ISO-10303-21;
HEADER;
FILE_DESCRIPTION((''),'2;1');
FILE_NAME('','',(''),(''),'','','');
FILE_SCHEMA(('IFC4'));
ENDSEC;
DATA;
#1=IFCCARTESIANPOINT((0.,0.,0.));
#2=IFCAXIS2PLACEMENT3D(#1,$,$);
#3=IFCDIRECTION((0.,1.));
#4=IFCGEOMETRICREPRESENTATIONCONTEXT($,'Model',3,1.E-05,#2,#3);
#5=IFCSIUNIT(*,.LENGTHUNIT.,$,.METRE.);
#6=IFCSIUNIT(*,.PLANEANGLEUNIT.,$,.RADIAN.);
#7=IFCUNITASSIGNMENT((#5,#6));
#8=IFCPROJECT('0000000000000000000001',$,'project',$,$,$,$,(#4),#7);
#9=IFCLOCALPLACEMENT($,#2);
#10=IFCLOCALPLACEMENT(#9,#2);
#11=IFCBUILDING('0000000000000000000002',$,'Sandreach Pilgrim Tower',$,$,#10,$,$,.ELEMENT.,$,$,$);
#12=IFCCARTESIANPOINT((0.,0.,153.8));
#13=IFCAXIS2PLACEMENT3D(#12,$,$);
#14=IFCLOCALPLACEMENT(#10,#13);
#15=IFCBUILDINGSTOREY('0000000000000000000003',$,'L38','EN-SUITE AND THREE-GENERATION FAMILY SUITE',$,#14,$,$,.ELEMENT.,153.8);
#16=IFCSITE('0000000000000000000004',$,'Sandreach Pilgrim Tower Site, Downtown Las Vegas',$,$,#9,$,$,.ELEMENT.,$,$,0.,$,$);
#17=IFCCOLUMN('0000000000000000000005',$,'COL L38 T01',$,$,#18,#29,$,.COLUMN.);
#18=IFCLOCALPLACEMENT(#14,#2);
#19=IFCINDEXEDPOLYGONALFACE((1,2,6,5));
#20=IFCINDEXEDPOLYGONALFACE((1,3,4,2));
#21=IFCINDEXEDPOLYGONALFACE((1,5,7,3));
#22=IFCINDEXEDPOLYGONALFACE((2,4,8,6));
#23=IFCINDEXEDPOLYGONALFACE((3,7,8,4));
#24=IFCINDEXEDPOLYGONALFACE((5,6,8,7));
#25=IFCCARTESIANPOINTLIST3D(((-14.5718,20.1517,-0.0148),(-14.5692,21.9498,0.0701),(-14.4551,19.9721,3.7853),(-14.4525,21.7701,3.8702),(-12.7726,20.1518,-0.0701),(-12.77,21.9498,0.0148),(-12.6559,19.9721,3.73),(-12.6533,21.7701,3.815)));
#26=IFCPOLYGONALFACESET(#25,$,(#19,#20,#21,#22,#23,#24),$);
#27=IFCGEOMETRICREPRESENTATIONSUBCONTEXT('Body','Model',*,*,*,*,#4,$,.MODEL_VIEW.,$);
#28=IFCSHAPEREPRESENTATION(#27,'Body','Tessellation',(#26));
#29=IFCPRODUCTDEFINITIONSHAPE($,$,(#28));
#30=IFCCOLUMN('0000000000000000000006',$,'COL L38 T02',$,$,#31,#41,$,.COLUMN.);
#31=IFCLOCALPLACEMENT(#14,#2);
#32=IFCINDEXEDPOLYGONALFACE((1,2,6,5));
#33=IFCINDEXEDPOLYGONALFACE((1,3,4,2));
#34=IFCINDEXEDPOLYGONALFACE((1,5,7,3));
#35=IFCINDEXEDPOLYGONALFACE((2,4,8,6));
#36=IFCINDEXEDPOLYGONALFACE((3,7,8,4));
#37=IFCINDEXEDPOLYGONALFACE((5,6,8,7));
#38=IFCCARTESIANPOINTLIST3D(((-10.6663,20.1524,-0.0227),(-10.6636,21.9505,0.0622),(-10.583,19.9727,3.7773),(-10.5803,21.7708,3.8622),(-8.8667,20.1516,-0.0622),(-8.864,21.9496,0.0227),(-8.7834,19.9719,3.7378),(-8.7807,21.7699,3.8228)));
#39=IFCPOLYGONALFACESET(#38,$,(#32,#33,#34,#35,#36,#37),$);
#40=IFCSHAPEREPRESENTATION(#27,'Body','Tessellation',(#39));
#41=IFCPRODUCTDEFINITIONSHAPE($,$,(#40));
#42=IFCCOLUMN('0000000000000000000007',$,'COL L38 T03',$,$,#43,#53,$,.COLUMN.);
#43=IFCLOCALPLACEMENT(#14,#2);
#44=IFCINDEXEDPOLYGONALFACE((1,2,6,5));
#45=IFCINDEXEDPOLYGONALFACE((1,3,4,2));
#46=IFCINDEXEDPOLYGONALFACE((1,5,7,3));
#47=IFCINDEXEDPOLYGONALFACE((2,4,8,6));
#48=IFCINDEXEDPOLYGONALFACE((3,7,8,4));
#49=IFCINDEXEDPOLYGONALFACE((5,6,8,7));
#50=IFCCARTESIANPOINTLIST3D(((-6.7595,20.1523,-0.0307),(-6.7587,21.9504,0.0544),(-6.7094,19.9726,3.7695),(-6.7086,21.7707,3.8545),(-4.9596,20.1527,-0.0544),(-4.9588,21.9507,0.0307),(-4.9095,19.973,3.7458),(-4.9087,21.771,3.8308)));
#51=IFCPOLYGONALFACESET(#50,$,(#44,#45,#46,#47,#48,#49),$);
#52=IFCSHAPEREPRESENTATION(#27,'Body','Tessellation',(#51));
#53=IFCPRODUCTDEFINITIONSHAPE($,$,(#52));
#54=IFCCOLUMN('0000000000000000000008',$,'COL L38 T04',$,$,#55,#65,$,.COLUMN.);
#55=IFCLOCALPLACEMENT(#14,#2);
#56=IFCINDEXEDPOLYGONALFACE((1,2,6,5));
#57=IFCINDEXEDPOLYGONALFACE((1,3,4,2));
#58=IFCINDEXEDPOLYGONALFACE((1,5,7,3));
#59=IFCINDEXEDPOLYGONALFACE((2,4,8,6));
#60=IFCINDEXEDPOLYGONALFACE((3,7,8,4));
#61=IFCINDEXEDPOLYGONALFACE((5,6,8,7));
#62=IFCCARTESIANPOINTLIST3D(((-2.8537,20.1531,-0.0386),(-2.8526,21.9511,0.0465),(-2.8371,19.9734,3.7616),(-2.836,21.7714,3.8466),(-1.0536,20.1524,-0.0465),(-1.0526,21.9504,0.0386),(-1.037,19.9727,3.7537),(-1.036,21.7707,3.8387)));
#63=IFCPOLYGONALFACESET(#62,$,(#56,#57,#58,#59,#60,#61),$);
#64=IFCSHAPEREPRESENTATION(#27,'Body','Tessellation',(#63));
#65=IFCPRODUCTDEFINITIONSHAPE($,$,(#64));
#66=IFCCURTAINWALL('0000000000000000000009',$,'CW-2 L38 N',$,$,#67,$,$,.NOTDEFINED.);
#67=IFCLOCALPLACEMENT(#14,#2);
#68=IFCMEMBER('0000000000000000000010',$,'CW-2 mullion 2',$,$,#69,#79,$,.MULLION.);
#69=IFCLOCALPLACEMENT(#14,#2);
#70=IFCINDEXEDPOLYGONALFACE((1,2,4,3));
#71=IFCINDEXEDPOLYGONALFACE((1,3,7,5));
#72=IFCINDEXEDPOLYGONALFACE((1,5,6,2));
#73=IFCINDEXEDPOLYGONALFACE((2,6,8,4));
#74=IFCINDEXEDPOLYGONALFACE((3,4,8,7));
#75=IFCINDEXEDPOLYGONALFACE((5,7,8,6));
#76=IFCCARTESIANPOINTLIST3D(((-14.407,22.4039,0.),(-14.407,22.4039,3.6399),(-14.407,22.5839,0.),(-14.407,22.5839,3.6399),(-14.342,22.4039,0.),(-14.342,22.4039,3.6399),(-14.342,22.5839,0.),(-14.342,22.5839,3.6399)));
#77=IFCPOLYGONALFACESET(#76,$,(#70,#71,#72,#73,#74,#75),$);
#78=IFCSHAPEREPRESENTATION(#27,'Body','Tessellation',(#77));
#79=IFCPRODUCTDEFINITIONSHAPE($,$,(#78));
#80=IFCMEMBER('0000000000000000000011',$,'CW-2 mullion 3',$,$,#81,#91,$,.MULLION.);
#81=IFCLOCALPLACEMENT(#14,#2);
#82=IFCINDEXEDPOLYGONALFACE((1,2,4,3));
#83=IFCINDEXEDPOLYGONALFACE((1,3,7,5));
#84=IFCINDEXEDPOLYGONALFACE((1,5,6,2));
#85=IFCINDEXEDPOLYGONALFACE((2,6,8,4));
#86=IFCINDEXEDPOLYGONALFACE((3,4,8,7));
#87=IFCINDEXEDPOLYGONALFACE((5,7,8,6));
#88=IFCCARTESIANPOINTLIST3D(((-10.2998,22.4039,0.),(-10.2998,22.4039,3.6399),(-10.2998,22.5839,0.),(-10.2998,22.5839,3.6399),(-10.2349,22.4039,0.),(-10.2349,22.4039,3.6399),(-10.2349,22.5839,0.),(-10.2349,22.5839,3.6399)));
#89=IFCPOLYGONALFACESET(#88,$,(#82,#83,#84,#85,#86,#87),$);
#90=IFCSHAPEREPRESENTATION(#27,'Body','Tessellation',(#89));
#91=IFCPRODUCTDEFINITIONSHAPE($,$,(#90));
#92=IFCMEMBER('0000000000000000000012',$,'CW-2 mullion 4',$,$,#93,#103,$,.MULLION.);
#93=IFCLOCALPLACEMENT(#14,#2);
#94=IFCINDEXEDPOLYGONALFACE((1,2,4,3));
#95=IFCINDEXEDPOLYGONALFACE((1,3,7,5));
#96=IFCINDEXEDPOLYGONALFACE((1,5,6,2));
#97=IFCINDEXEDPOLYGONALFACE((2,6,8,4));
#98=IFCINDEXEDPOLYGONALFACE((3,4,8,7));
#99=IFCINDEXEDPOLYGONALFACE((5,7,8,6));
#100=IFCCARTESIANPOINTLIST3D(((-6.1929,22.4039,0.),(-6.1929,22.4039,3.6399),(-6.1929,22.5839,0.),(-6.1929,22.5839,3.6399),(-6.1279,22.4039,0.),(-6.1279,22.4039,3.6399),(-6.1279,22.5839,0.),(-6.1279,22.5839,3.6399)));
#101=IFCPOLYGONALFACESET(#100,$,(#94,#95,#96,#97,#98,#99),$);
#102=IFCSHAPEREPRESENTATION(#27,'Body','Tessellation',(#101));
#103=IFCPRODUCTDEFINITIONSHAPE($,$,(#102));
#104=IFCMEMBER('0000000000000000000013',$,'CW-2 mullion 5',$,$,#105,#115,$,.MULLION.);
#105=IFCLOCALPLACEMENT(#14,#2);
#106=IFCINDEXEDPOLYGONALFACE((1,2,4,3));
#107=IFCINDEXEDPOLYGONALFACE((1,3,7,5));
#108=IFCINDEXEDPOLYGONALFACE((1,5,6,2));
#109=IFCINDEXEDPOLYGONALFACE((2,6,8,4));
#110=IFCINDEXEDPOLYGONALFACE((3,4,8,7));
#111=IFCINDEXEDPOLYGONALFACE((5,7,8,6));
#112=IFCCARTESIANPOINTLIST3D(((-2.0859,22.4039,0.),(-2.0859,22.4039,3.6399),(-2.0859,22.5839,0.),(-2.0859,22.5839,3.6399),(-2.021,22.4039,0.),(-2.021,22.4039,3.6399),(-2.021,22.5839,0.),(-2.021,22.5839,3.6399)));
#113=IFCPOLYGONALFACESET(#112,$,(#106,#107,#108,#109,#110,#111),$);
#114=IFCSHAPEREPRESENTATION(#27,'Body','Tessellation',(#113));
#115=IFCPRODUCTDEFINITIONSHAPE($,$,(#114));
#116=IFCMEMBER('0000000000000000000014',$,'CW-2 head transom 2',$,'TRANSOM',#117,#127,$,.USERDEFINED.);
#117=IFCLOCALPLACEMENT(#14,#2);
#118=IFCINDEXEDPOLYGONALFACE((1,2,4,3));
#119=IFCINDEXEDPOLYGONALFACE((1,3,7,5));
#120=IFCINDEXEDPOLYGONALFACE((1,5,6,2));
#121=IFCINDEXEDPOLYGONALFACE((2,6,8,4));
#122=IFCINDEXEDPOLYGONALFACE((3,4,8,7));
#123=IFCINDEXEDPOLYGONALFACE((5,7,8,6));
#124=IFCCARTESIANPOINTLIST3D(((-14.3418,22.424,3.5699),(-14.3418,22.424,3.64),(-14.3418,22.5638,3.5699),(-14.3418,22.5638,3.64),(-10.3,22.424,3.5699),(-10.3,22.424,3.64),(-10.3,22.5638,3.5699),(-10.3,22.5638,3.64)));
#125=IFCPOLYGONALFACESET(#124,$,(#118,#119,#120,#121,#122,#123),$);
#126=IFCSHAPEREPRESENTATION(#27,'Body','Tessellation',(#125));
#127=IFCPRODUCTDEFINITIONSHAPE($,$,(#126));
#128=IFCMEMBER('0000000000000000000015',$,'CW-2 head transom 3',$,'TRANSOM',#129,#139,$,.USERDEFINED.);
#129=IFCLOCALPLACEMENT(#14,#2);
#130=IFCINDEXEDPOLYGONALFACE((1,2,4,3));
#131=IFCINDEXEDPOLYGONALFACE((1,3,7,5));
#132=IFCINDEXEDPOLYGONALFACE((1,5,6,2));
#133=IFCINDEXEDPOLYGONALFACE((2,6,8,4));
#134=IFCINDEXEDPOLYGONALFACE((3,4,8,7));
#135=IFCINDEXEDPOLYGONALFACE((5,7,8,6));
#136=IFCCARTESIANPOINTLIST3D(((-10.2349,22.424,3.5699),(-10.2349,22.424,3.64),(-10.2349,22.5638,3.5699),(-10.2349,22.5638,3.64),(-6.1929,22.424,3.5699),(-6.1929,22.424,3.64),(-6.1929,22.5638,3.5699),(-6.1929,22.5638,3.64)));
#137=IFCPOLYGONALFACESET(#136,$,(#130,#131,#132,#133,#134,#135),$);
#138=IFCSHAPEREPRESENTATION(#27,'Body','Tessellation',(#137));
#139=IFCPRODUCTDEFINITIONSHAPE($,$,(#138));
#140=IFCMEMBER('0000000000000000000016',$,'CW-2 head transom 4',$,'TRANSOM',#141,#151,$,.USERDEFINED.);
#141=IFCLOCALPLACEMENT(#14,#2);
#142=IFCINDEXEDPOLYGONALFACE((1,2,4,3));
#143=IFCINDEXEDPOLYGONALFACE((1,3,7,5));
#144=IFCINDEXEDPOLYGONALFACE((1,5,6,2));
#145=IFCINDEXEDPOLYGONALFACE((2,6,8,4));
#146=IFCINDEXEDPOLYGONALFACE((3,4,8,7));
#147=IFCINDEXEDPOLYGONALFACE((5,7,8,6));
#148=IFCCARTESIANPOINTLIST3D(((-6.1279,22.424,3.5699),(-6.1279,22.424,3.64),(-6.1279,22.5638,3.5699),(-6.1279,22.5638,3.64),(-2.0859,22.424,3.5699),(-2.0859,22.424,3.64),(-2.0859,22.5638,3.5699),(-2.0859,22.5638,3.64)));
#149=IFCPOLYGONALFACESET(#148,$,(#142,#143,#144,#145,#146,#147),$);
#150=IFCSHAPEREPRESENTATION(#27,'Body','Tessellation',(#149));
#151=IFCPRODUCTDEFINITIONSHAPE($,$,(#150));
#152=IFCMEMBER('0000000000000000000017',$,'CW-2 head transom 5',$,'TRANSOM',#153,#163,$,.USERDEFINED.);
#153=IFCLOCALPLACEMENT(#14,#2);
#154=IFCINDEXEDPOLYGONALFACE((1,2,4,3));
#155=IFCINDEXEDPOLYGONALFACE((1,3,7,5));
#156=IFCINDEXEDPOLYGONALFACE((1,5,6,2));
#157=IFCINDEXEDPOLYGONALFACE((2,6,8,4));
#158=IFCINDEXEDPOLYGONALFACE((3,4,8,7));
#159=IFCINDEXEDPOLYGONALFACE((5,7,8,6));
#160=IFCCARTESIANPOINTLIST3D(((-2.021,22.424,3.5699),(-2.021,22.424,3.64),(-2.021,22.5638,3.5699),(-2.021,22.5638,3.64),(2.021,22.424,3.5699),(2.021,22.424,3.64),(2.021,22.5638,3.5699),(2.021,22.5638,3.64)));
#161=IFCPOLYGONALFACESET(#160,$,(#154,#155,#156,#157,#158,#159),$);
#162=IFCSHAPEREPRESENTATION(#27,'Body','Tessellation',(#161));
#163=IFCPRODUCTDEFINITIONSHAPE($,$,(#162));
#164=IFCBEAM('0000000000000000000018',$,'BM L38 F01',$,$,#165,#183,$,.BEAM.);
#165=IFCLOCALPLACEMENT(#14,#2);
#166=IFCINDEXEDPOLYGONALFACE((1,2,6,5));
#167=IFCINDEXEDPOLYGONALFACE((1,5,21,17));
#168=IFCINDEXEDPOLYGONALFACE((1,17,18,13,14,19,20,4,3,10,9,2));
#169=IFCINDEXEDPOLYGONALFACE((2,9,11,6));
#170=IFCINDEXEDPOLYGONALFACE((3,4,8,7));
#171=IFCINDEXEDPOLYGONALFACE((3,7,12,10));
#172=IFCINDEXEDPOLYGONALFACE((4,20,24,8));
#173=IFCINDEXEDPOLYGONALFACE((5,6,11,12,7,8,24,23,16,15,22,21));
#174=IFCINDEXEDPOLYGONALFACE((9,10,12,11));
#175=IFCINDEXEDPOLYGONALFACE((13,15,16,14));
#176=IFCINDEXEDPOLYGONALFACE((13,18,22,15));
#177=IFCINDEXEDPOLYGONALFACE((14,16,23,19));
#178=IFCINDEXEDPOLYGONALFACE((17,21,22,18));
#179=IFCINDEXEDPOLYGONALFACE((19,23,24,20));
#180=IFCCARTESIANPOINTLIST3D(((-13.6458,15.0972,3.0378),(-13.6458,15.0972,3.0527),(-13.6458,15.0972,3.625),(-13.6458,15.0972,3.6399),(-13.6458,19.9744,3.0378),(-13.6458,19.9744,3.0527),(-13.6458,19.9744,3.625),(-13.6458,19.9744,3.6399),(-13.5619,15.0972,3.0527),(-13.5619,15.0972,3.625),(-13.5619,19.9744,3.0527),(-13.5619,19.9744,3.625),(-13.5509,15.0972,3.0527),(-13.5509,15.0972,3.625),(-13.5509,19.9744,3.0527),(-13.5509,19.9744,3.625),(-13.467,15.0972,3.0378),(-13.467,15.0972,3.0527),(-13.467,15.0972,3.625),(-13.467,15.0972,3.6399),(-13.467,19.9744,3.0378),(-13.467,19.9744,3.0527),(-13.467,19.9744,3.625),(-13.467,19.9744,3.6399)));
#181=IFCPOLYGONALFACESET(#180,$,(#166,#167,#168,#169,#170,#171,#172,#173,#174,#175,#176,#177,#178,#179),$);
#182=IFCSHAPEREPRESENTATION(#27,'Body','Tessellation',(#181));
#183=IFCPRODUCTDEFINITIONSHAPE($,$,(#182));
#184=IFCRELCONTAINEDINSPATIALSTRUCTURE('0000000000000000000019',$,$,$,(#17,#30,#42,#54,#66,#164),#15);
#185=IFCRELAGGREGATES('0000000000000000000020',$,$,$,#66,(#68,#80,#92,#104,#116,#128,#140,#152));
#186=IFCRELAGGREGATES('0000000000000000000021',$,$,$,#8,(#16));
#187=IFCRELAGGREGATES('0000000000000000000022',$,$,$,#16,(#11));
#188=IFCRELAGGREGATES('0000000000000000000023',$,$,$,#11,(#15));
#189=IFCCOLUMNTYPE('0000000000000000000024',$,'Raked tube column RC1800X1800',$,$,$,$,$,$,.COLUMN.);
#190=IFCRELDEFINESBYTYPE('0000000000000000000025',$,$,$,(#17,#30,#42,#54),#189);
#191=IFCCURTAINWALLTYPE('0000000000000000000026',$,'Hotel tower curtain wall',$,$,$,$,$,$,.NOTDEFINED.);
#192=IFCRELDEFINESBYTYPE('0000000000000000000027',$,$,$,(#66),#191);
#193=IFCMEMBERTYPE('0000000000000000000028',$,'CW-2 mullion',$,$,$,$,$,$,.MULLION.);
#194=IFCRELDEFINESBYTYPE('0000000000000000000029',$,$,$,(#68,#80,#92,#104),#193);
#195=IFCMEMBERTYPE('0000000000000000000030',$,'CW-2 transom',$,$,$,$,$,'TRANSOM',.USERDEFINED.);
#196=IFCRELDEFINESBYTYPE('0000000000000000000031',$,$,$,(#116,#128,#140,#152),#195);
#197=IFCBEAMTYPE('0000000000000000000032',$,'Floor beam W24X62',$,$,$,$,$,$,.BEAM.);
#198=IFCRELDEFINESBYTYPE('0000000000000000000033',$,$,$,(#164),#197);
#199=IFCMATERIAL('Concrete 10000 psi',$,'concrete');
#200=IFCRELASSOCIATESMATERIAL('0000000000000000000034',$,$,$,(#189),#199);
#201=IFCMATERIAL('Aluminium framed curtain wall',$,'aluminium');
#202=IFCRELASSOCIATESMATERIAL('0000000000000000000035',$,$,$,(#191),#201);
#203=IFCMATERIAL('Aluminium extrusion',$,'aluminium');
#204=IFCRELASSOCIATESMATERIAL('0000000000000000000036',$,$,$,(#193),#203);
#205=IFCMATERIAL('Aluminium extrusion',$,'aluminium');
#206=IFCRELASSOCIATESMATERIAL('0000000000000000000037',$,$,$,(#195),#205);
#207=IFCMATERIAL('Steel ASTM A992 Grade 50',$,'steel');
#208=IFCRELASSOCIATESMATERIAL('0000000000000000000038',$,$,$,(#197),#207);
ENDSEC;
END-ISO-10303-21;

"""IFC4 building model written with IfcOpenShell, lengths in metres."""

from ifc_helpers import new_model, si_unit, direction, frame, origin, origin_2d, place, context, subcontext, project, spatial, rectangle, i_section, extrude, material, material_profile, profile_set, type_object, element, aggregate, save


model = new_model("IFC4")

# Units and contexts
model_context = context("Model", 3, precision=1e-05, world=origin(), true_north=direction((0.0, 1.0)))
body_context = subcontext(model_context, "Body", "Model", "MODEL_VIEW")
ifc_project = project(units=[si_unit("LENGTHUNIT", "METRE"), si_unit("PLANEANGLEUNIT", "RADIAN")], contexts=[model_context])

# Site, building, storey
site_placement = place(None, origin())
site = spatial("IfcSite", under=ifc_project, at=site_placement, Name="Sandreach Pilgrim Tower Site, Downtown Las Vegas", CompositionType="ELEMENT", RefElevation=0.0)
building_placement = place(site_placement, origin())
building = spatial("IfcBuilding", under=site, at=building_placement, Name="Sandreach Pilgrim Tower", CompositionType="ELEMENT")
storey_placement = place(building_placement, frame((0.0, 0.0, 153.8)))
storey = spatial("IfcBuildingStorey", under=building, at=storey_placement, Name="L38", Description="EN-SUITE AND THREE-GENERATION FAMILY SUITE", CompositionType="ELEMENT", Elevation=153.8)

# Columns
ifc_material_1 = material(Name="Concrete 10000 psi", Category="concrete")
ifc_material_profile_1 = material_profile(ifc_material_1, rectangle(XDim=1.8, YDim=1.8, at=origin_2d()), Name="RC1800X1800")
ifc_profile_set_1 = profile_set([ifc_material_profile_1], Name="Concrete 10000 psi")
column_type = type_object("IfcColumnType", Name="Raked tube column RC1800X1800", PredefinedType="COLUMN", material=ifc_profile_set_1)
column_1_placement = place(storey_placement, frame((-13.6709, 21.0508, 0.0), z_axis=(0.030661, -0.047211, 0.998414), x_axis=(0.00143, 0.998885, 0.047189)))
element("IfcColumn", 1, at=column_1_placement, inside=storey, type_object=column_type, Name="COL L38 T01", PredefinedType="COLUMN", context=body_context, shape_type="SweptSolid", body=[
    extrude(rectangle(XDim=1.8, YDim=1.8, at=origin_2d()), origin(), (0.0, 0.0, 1.0), 3.8062),
])
column_2_placement = place(storey_placement, frame((-9.7651, 21.051, 0.0), z_axis=(0.021878, -0.047221, 0.998645), x_axis=(0.001498, 0.998884, 0.0472)))
element("IfcColumn", 2, at=column_2_placement, inside=storey, type_object=column_type, Name="COL L38 T02", PredefinedType="COLUMN", context=body_context, shape_type="SweptSolid", body=[
    extrude(rectangle(XDim=1.8, YDim=1.8, at=origin_2d()), origin(), (0.0, 0.0, 1.0), 3.8052),
])
column_3_placement = place(storey_placement, frame((-5.8591, 21.0515, 0.0), z_axis=(0.013155, -0.047229, 0.998797), x_axis=(0.000431, 0.998884, 0.047227)))
element("IfcColumn", 3, at=column_3_placement, inside=storey, type_object=column_type, Name="COL L38 T03", PredefinedType="COLUMN", context=body_context, shape_type="SweptSolid", body=[
    extrude(rectangle(XDim=1.8, YDim=1.8, at=origin_2d()), origin(), (0.0, 0.0, 1.0), 3.8047),
])
column_4_placement = place(storey_placement, frame((-1.9531, 21.0518, 0.0), z_axis=(0.004364, -0.047232, 0.998874), x_axis=(0.000588, 0.998884, 0.04723)))
element("IfcColumn", 4, at=column_4_placement, inside=storey, type_object=column_type, Name="COL L38 T04", PredefinedType="COLUMN", context=body_context, shape_type="SweptSolid", body=[
    extrude(rectangle(XDim=1.8, YDim=1.8, at=origin_2d()), origin(), (0.0, 0.0, 1.0), 3.8044),
])

# Curtain wall, members
ifc_material_2 = material(Name="Aluminium framed curtain wall", Category="aluminium")
curtain_wall_type = type_object("IfcCurtainWallType", Name="Hotel tower curtain wall", PredefinedType="NOTDEFINED", material=ifc_material_2)
curtain_wall_placement = place(storey_placement, origin())
curtain_wall = element("IfcCurtainWall", 5, at=curtain_wall_placement, inside=storey, type_object=curtain_wall_type, Name="CW-2 L38 N", PredefinedType="NOTDEFINED")
ifc_material_3 = material(Name="Aluminium extrusion", Category="aluminium")
ifc_material_profile_2 = material_profile(ifc_material_3, rectangle(XDim=0.0649, YDim=0.1799, at=origin_2d()), Name="CW-2M 65X180")
ifc_profile_set_2 = profile_set([ifc_material_profile_2], Name="Aluminium extrusion")
member_type_1 = type_object("IfcMemberType", Name="CW-2 mullion", PredefinedType="MULLION", material=ifc_profile_set_2)
member_1_placement = place(storey_placement, frame((-14.3745, 22.4939, 0.0), z_axis=(0.0, 0.0, 1.0), x_axis=(1.0, 0.0, 0.0)))
member_1 = element("IfcMember", 6, at=member_1_placement, type_object=member_type_1, Name="CW-2 mullion 2", PredefinedType="MULLION", context=body_context, shape_type="SweptSolid", body=[
    extrude(rectangle(XDim=0.0649, YDim=0.1799, at=origin_2d()), origin(), (0.0, 0.0, 1.0), 3.6399),
])
member_2_placement = place(storey_placement, frame((-10.2673, 22.4939, 0.0), z_axis=(0.0, 0.0, 1.0), x_axis=(1.0, 0.0, 0.0)))
member_2 = element("IfcMember", 7, at=member_2_placement, type_object=member_type_1, Name="CW-2 mullion 3", PredefinedType="MULLION", context=body_context, shape_type="SweptSolid", body=[
    extrude(rectangle(XDim=0.0649, YDim=0.1799, at=origin_2d()), origin(), (0.0, 0.0, 1.0), 3.6399),
])
member_3_placement = place(storey_placement, frame((-6.1604, 22.4939, 0.0), z_axis=(0.0, 0.0, 1.0), x_axis=(1.0, 0.0, 0.0)))
member_3 = element("IfcMember", 8, at=member_3_placement, type_object=member_type_1, Name="CW-2 mullion 4", PredefinedType="MULLION", context=body_context, shape_type="SweptSolid", body=[
    extrude(rectangle(XDim=0.0649, YDim=0.1799, at=origin_2d()), origin(), (0.0, 0.0, 1.0), 3.6399),
])
member_4_placement = place(storey_placement, frame((-2.0535, 22.4939, 0.0), z_axis=(0.0, 0.0, 1.0), x_axis=(1.0, 0.0, 0.0)))
member_4 = element("IfcMember", 9, at=member_4_placement, type_object=member_type_1, Name="CW-2 mullion 5", PredefinedType="MULLION", context=body_context, shape_type="SweptSolid", body=[
    extrude(rectangle(XDim=0.0649, YDim=0.1799, at=origin_2d()), origin(), (0.0, 0.0, 1.0), 3.6399),
])
ifc_material_4 = material(Name="Aluminium extrusion", Category="aluminium")
ifc_material_profile_3 = material_profile(ifc_material_4, rectangle(XDim=0.1399, YDim=0.0701, at=origin_2d()), Name="CW-2T 140X70")
ifc_profile_set_3 = profile_set([ifc_material_profile_3], Name="Aluminium extrusion")
member_type_2 = type_object("IfcMemberType", Name="CW-2 transom", ElementType="TRANSOM", PredefinedType="USERDEFINED", material=ifc_profile_set_3)
member_5_placement = place(storey_placement, frame((-14.3418, 22.4939, 3.605), z_axis=(1.0, 0.0, 0.0), x_axis=(0.0, 1.0, 0.0)))
member_5 = element("IfcMember", 10, at=member_5_placement, type_object=member_type_2, Name="CW-2 head transom 2", ObjectType="TRANSOM", PredefinedType="USERDEFINED", context=body_context, shape_type="SweptSolid", body=[
    extrude(rectangle(XDim=0.1399, YDim=0.0701, at=origin_2d()), origin(), (0.0, 0.0, 1.0), 4.0417),
])
member_6_placement = place(storey_placement, frame((-10.2349, 22.4939, 3.605), z_axis=(1.0, 0.0, 0.0), x_axis=(0.0, 1.0, 0.0)))
member_6 = element("IfcMember", 11, at=member_6_placement, type_object=member_type_2, Name="CW-2 head transom 3", ObjectType="TRANSOM", PredefinedType="USERDEFINED", context=body_context, shape_type="SweptSolid", body=[
    extrude(rectangle(XDim=0.1399, YDim=0.0701, at=origin_2d()), origin(), (0.0, 0.0, 1.0), 4.042),
])
member_7_placement = place(storey_placement, frame((-6.1279, 22.4939, 3.605), z_axis=(1.0, 0.0, 0.0), x_axis=(0.0, 1.0, 0.0)))
member_7 = element("IfcMember", 12, at=member_7_placement, type_object=member_type_2, Name="CW-2 head transom 4", ObjectType="TRANSOM", PredefinedType="USERDEFINED", context=body_context, shape_type="SweptSolid", body=[
    extrude(rectangle(XDim=0.1399, YDim=0.0701, at=origin_2d()), origin(), (0.0, 0.0, 1.0), 4.042),
])
member_8_placement = place(storey_placement, frame((-2.021, 22.4939, 3.605), z_axis=(1.0, 0.0, 0.0), x_axis=(0.0, 1.0, 0.0)))
member_8 = element("IfcMember", 13, at=member_8_placement, type_object=member_type_2, Name="CW-2 head transom 5", ObjectType="TRANSOM", PredefinedType="USERDEFINED", context=body_context, shape_type="SweptSolid", body=[
    extrude(rectangle(XDim=0.1399, YDim=0.0701, at=origin_2d()), origin(), (0.0, 0.0, 1.0), 4.042),
])

# Beam
ifc_material_5 = material(Name="Steel ASTM A992 Grade 50", Category="steel")
ifc_material_profile_4 = material_profile(ifc_material_5, i_section(OverallWidth=0.1787, OverallDepth=0.6021, WebThickness=0.011, FlangeThickness=0.0149, at=origin_2d()), Name="W24X62")
ifc_profile_set_4 = profile_set([ifc_material_profile_4], Name="Steel ASTM A992 Grade 50")
beam_type_1 = type_object("IfcBeamType", Name="Floor beam W24X62", PredefinedType="BEAM", material=ifc_profile_set_4)
beam_1_placement = place(storey_placement, frame((-13.5564, 19.9744, 3.3389), z_axis=(0.0, -1.0, 0.0), x_axis=(1.0, 0.0, 0.0)))
element("IfcBeam", 14, at=beam_1_placement, inside=storey, type_object=beam_type_1, Name="BM L38 F01", PredefinedType="BEAM", context=body_context, shape_type="SweptSolid", body=[
    extrude(i_section(OverallWidth=0.1787, OverallDepth=0.6021, WebThickness=0.011, FlangeThickness=0.0149, at=origin_2d()), origin(), (0.0, 0.0, 1.0), 4.8772),
])

aggregate(curtain_wall, [member_1, member_2, member_3, member_4, member_5, member_6, member_7, member_8])

save(model, "model.ifc")
